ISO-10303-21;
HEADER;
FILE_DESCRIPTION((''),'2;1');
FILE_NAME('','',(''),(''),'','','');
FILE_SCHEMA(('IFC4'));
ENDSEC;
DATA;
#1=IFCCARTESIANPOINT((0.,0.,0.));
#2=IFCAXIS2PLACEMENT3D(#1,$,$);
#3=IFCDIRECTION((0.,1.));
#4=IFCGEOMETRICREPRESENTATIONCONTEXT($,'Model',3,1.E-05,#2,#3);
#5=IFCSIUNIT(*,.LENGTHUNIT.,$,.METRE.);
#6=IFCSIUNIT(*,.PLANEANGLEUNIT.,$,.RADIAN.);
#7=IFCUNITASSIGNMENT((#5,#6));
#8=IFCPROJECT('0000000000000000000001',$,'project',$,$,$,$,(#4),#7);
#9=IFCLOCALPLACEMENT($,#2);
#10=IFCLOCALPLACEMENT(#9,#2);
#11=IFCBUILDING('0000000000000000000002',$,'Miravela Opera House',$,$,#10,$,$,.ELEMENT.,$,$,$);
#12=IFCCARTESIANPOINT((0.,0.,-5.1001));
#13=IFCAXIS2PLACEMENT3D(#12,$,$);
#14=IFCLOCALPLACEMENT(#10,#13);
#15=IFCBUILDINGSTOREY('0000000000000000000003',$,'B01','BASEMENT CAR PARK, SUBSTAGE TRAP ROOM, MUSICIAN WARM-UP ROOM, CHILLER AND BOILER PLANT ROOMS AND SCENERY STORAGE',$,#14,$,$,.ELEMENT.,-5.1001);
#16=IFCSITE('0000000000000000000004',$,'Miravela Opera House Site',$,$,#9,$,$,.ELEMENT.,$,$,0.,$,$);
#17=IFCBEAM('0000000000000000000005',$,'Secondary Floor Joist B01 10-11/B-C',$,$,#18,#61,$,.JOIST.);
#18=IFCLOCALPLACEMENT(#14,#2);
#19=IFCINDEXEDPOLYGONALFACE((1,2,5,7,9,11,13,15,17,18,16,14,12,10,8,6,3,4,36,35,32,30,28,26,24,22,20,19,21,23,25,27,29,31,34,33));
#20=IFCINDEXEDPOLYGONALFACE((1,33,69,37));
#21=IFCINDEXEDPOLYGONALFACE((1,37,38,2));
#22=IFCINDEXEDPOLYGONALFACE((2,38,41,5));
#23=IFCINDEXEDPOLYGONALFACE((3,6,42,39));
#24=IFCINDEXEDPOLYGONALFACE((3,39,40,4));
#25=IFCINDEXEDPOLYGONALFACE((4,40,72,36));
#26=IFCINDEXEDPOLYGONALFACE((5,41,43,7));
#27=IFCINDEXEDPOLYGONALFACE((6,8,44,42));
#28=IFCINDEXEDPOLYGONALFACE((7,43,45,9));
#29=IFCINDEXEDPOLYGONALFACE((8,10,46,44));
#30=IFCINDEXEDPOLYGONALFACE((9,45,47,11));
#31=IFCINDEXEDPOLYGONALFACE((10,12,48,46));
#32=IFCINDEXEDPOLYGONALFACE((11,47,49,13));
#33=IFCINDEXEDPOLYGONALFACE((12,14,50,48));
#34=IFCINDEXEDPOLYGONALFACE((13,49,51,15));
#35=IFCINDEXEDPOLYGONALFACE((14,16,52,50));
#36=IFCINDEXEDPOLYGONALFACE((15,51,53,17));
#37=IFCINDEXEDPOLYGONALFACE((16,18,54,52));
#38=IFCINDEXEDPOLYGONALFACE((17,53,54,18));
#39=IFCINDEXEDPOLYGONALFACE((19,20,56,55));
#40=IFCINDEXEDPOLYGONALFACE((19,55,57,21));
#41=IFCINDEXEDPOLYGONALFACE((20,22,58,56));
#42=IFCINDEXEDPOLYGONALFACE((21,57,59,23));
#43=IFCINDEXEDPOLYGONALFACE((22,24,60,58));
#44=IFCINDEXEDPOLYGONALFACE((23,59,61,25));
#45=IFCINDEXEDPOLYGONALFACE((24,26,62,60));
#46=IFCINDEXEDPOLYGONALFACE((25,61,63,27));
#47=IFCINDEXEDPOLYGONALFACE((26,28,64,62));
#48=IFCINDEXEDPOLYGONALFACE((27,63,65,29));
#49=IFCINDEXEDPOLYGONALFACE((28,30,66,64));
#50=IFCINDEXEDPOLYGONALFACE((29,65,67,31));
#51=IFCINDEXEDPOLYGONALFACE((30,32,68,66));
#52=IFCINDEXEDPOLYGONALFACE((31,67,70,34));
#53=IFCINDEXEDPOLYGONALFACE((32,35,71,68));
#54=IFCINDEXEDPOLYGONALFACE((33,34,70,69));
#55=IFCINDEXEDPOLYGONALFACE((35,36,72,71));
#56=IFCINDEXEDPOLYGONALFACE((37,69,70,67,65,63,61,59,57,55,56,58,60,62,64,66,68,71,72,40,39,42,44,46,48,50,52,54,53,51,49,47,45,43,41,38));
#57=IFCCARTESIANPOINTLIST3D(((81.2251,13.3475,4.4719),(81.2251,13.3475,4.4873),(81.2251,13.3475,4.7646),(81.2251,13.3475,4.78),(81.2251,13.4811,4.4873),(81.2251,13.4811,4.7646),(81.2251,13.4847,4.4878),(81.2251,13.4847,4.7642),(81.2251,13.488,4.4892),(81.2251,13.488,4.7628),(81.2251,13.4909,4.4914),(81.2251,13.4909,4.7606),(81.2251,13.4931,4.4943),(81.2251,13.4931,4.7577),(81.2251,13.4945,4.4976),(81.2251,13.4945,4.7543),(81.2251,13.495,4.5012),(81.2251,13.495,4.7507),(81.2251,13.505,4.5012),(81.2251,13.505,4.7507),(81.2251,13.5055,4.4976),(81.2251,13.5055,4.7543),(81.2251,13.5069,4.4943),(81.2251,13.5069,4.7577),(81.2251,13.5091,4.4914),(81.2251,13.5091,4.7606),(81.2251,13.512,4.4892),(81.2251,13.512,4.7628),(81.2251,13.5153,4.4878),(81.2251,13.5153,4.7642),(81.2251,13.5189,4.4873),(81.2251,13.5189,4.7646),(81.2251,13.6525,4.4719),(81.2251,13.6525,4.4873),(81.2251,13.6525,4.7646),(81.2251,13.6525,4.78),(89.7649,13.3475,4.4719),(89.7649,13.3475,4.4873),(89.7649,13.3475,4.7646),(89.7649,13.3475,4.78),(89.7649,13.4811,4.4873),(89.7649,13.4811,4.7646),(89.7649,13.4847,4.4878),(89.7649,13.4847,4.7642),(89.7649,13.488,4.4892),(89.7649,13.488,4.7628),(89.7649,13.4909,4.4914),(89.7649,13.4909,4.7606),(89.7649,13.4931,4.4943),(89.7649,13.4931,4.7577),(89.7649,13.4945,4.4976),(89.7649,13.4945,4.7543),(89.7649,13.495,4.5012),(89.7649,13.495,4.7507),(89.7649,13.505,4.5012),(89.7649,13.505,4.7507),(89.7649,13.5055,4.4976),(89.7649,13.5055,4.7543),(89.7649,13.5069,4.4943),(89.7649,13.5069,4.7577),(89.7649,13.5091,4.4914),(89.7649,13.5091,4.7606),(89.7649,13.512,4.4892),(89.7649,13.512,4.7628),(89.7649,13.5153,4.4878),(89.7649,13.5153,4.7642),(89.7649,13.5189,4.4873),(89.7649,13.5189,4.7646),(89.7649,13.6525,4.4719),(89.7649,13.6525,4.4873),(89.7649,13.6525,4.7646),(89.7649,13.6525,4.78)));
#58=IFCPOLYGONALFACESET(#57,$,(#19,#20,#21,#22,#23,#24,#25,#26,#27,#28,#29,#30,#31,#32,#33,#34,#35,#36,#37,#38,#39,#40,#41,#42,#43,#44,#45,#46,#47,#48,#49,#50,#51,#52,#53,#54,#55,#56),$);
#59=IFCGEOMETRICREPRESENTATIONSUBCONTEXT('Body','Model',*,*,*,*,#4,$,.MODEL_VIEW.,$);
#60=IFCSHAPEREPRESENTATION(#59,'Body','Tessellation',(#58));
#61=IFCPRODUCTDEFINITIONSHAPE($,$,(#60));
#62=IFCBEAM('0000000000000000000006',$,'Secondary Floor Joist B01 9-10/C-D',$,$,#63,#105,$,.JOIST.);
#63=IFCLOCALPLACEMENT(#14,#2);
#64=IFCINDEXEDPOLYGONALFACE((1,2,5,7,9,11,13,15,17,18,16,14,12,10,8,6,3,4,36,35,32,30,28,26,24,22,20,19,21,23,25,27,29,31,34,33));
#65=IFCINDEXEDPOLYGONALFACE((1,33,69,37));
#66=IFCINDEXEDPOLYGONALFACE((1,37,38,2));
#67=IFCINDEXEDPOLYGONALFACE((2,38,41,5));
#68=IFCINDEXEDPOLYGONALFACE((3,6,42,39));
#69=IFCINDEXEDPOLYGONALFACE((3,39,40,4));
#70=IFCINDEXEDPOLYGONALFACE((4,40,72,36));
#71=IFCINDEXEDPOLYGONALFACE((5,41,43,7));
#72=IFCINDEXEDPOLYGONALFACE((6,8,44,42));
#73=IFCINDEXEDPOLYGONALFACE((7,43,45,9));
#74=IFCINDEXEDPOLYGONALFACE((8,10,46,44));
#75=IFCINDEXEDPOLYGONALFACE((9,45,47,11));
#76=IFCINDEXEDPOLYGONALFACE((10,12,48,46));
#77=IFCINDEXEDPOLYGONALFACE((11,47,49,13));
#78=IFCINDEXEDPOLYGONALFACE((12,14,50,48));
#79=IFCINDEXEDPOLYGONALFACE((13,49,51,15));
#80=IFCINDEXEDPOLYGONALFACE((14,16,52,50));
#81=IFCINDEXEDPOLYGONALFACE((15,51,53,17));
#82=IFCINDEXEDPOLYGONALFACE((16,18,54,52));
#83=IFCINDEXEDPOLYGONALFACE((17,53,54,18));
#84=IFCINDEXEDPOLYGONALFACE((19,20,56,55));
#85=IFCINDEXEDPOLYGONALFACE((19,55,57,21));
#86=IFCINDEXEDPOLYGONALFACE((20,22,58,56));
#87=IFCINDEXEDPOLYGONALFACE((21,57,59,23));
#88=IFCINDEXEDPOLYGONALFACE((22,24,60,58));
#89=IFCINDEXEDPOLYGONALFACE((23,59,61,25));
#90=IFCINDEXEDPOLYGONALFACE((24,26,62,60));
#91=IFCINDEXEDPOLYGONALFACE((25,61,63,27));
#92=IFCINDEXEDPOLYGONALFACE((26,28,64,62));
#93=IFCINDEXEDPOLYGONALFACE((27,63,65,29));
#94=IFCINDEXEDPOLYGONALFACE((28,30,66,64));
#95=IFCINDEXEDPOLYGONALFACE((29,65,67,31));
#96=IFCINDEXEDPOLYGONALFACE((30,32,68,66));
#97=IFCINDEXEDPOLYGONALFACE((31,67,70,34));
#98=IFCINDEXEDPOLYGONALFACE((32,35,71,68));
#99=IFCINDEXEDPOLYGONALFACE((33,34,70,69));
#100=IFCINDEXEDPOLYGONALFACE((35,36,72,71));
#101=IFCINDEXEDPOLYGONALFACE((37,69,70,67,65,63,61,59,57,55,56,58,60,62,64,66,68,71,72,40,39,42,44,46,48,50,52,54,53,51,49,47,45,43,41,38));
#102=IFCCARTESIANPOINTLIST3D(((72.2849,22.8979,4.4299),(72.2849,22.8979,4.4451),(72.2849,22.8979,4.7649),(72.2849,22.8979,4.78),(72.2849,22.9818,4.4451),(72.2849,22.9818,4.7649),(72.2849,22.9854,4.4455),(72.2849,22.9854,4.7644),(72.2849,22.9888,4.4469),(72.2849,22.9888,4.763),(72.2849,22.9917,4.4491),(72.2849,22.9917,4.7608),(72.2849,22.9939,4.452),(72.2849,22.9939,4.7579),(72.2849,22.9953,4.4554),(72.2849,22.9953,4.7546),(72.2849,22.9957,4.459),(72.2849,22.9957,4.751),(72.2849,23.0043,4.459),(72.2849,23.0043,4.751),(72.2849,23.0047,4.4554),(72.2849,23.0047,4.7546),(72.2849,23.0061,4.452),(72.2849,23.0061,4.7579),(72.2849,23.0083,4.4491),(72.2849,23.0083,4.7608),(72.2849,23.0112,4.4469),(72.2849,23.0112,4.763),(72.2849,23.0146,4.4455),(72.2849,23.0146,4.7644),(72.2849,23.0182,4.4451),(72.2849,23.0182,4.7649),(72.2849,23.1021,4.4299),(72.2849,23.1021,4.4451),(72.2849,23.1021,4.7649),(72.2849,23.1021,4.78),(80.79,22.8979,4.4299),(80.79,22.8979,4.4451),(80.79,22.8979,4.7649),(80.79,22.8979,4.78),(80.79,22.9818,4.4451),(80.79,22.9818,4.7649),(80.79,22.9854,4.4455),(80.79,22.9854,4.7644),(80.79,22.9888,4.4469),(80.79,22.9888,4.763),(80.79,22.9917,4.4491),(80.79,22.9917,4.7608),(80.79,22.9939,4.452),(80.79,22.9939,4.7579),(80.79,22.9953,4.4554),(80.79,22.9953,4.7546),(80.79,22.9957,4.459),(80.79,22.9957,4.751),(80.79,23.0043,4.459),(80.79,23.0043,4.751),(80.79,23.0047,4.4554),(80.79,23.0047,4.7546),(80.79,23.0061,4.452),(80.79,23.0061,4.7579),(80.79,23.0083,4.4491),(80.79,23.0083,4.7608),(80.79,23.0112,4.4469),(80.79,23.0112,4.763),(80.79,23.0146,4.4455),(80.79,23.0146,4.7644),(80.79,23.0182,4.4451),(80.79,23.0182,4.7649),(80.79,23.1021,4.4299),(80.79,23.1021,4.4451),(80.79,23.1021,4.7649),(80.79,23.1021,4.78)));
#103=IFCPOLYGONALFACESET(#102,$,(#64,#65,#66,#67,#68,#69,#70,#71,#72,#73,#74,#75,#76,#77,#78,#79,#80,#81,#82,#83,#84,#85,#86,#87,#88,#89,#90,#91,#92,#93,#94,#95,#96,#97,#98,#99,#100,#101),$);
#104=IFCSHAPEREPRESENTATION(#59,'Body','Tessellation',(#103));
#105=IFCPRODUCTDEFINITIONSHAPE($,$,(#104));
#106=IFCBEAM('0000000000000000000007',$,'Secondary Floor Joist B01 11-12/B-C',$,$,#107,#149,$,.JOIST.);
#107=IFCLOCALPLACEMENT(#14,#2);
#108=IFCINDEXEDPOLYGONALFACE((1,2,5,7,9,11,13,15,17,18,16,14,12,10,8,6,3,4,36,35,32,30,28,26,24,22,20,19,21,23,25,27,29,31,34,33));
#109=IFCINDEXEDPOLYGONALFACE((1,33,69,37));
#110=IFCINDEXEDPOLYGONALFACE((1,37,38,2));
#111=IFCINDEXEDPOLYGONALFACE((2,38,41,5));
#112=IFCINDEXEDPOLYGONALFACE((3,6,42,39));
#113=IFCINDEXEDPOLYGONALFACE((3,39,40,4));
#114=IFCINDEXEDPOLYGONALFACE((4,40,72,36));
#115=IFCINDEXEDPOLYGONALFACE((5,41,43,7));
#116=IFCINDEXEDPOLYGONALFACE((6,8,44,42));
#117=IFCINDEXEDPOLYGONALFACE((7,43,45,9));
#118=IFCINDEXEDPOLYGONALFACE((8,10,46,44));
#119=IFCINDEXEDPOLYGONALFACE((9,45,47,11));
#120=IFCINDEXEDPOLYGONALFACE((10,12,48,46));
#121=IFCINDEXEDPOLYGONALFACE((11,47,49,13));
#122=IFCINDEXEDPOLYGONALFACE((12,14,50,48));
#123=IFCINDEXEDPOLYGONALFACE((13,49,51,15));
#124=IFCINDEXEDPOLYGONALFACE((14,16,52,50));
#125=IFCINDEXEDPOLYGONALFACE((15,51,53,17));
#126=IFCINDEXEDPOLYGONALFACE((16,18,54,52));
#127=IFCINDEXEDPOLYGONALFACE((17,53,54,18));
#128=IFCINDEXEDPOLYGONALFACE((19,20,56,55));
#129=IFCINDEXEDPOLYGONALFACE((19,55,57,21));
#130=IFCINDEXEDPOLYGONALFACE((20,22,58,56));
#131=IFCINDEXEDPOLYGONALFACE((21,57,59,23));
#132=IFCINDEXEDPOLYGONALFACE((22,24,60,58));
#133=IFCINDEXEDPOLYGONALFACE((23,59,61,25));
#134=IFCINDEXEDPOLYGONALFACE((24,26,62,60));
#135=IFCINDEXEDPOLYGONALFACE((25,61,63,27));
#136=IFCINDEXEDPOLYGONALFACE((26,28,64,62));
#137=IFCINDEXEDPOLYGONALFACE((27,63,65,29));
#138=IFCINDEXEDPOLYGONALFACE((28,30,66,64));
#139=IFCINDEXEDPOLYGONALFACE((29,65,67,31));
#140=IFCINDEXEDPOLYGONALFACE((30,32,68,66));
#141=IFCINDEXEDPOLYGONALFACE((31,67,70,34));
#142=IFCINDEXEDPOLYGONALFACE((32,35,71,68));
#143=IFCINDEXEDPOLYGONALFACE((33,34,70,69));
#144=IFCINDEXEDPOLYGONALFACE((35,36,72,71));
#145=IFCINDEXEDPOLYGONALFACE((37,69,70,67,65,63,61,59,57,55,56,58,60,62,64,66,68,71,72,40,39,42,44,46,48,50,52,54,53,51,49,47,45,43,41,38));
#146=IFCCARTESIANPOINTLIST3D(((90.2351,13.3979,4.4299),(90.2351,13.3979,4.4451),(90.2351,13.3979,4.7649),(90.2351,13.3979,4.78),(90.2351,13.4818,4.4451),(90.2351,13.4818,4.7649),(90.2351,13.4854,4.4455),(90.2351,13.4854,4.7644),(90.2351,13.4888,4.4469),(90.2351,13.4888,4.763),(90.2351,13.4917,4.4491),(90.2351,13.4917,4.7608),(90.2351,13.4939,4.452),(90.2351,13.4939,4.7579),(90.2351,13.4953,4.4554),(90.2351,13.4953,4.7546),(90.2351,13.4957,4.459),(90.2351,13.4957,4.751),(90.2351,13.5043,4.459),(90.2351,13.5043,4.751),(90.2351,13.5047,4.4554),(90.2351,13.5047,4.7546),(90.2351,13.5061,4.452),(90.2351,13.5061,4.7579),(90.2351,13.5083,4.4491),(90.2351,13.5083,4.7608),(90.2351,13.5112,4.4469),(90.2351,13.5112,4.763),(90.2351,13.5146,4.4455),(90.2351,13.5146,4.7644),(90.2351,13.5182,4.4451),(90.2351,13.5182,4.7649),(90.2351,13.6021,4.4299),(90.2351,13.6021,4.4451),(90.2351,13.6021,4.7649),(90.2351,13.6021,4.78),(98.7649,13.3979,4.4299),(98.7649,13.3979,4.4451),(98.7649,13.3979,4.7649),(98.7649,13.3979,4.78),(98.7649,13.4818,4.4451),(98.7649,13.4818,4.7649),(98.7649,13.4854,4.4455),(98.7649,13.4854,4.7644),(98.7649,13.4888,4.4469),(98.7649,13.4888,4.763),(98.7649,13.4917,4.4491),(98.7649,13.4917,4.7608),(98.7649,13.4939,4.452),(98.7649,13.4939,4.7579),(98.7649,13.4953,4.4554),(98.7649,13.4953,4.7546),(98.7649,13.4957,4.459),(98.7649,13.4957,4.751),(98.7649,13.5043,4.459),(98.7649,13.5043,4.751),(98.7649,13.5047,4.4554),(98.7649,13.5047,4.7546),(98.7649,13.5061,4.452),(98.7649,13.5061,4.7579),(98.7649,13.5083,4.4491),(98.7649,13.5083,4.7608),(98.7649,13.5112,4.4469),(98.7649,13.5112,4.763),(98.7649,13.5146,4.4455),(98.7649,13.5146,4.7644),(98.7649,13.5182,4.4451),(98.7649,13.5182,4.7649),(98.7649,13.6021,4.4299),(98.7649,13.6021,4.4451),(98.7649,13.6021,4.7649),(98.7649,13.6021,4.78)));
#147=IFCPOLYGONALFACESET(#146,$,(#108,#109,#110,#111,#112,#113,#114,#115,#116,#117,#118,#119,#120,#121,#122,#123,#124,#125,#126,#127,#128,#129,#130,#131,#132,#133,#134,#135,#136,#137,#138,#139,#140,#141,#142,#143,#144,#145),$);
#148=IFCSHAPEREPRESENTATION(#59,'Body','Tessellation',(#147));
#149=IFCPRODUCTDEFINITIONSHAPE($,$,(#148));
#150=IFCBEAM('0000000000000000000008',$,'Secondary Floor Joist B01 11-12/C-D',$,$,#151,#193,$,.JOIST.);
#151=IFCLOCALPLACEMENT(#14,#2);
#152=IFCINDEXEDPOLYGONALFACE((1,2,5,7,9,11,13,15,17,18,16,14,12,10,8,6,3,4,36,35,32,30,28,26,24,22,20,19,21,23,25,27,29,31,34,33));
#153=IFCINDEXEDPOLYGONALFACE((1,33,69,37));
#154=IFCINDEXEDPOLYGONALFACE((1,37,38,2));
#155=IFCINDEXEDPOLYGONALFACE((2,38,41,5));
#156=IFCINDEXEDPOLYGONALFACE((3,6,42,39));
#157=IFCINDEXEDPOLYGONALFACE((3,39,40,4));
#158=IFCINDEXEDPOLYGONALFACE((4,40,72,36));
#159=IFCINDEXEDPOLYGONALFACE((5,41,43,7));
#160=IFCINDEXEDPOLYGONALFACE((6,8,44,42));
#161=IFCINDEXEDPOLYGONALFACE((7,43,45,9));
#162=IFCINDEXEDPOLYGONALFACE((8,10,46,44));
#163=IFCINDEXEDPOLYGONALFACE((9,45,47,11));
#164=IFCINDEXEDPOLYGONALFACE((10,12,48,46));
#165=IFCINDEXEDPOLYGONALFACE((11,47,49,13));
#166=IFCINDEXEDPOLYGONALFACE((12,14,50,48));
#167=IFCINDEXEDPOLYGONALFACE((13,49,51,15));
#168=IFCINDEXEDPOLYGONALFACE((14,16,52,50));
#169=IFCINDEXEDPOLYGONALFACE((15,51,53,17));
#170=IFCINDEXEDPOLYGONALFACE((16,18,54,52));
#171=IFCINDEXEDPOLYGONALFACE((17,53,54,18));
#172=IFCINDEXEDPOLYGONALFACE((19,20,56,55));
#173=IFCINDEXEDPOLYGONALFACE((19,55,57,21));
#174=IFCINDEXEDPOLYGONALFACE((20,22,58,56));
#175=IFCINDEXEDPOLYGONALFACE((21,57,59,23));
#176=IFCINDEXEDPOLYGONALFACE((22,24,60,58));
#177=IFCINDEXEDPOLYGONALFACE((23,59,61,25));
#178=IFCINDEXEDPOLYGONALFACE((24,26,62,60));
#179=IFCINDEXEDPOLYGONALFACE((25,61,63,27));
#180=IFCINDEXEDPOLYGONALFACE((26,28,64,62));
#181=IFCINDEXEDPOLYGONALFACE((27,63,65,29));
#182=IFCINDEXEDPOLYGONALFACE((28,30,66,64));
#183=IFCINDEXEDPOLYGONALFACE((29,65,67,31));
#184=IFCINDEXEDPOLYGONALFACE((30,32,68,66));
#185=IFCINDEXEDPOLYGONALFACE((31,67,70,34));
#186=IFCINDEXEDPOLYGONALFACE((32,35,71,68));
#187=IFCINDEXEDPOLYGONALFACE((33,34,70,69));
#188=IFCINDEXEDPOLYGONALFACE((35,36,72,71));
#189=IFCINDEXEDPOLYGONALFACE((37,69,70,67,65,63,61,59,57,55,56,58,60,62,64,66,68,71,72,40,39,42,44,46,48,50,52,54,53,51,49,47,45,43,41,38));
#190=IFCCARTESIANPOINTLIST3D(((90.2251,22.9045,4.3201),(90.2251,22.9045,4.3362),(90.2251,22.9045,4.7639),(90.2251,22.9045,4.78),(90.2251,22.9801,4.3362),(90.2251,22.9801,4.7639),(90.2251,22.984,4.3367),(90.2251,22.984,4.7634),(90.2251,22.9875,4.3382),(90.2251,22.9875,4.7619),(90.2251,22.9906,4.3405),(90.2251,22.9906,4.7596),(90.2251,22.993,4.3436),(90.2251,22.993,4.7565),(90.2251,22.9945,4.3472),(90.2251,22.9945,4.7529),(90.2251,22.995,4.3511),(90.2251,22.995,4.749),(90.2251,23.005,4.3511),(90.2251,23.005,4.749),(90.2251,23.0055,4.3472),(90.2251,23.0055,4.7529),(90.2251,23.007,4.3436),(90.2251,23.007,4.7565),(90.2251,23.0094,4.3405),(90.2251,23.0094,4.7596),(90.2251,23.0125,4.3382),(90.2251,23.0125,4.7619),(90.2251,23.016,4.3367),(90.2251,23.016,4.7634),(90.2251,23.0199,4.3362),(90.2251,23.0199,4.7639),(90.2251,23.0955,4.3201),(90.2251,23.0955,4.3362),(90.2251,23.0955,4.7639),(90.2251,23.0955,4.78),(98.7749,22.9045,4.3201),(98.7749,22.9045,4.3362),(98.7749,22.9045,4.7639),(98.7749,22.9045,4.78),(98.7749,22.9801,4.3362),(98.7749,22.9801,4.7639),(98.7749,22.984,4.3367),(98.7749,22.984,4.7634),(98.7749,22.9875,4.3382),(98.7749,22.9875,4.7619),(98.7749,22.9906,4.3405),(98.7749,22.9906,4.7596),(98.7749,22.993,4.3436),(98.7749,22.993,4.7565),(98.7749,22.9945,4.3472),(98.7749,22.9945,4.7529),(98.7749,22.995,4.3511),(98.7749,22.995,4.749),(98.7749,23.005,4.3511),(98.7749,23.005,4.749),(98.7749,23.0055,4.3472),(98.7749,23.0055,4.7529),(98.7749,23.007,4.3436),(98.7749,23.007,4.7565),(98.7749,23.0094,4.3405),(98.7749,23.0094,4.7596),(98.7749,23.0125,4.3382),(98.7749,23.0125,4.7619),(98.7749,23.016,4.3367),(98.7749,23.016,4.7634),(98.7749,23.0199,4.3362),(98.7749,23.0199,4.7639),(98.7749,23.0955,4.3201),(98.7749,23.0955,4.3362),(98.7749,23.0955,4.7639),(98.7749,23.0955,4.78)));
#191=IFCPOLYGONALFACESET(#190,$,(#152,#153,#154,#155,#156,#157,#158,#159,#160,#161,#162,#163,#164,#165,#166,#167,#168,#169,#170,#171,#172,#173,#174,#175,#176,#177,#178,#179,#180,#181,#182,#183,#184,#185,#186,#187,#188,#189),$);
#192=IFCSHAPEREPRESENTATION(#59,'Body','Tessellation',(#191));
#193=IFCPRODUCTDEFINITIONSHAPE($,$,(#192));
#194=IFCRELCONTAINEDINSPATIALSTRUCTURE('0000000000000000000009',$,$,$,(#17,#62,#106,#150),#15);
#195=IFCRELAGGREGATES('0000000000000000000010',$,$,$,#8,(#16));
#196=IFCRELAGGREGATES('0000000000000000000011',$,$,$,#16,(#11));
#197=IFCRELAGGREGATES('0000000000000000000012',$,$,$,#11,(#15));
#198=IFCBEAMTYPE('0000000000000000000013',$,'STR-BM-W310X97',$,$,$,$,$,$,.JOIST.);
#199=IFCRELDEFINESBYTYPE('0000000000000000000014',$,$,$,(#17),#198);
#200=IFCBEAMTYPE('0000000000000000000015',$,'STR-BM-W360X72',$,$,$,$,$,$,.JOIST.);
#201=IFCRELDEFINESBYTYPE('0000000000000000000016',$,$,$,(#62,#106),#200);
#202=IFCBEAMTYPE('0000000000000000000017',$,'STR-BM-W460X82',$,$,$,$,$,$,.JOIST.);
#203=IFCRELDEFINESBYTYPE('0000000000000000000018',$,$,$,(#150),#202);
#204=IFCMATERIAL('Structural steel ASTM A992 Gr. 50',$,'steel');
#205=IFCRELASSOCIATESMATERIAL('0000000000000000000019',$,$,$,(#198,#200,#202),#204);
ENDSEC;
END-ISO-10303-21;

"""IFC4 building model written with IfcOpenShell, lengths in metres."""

from ifc_helpers import new_model, si_unit, direction, frame, origin, origin_2d, place, context, subcontext, project, spatial, i_section, extrude, material, material_profile, profile_set, type_object, element, save


model = new_model("IFC4")

# Units and contexts
model_context = context("Model", 3, precision=1e-05, world=origin(), true_north=direction((0.0, 1.0)))
body_context = subcontext(model_context, "Body", "Model", "MODEL_VIEW")
ifc_project = project(units=[si_unit("LENGTHUNIT", "METRE"), si_unit("PLANEANGLEUNIT", "RADIAN")], contexts=[model_context])

# Site, building, storey
site_placement = place(None, origin())
site = spatial("IfcSite", under=ifc_project, at=site_placement, Name="Miravela Opera House Site", CompositionType="ELEMENT", RefElevation=0.0)
building_placement = place(site_placement, origin())
building = spatial("IfcBuilding", under=site, at=building_placement, Name="Miravela Opera House", CompositionType="ELEMENT")
storey_placement = place(building_placement, frame((0.0, 0.0, -5.1001)))
storey = spatial("IfcBuildingStorey", under=building, at=storey_placement, Name="B01", Description="BASEMENT CAR PARK, SUBSTAGE TRAP ROOM, MUSICIAN WARM-UP ROOM, CHILLER AND BOILER PLANT ROOMS AND SCENERY STORAGE", CompositionType="ELEMENT", Elevation=-5.1001)

# Beams
ifc_material_1 = material(Name="Structural steel ASTM A992 Gr. 50", Category="steel")
ifc_material_profile_1 = material_profile(ifc_material_1, i_section(OverallWidth=0.3049, OverallDepth=0.3081, WebThickness=0.01, FlangeThickness=0.0154, FilletRadius=0.0139, at=origin_2d()), Name="W310X97")
ifc_profile_set_1 = profile_set([ifc_material_profile_1])
beam_type_1 = type_object("IfcBeamType", Name="STR-BM-W310X97", PredefinedType="JOIST", material=ifc_profile_set_1)
beam_1_placement = place(storey_placement, frame((81.2251, 13.5, 4.626), z_axis=(1.0, 0.0, 0.0), x_axis=(0.0, 1.0, 0.0)))
element("IfcBeam", 1, at=beam_1_placement, inside=storey, type_object=beam_type_1, Name="Secondary Floor Joist B01 10-11/B-C", PredefinedType="JOIST", context=body_context, shape_type="SweptSolid", body=[
    extrude(i_section(OverallWidth=0.3049, OverallDepth=0.3081, WebThickness=0.01, FlangeThickness=0.0154, FilletRadius=0.0139, at=origin_2d()), origin(), (0.0, 0.0, 1.0), 8.5398),
])
ifc_material_profile_2 = material_profile(ifc_material_1, i_section(OverallWidth=0.2041, OverallDepth=0.3501, WebThickness=0.0085, FlangeThickness=0.0151, FilletRadius=0.0139, at=origin_2d()), Name="W360X72")
ifc_profile_set_2 = profile_set([ifc_material_profile_2])
beam_type_2 = type_object("IfcBeamType", Name="STR-BM-W360X72", PredefinedType="JOIST", material=ifc_profile_set_2)
beam_2_placement = place(storey_placement, frame((72.2849, 23.0, 4.605), z_axis=(1.0, 0.0, 0.0), x_axis=(0.0, 1.0, 0.0)))
element("IfcBeam", 2, at=beam_2_placement, inside=storey, type_object=beam_type_2, Name="Secondary Floor Joist B01 9-10/C-D", PredefinedType="JOIST", context=body_context, shape_type="SweptSolid", body=[
    extrude(i_section(OverallWidth=0.2041, OverallDepth=0.3501, WebThickness=0.0085, FlangeThickness=0.0151, FilletRadius=0.0139, at=origin_2d()), origin(), (0.0, 0.0, 1.0), 8.5051),
])
beam_3_placement = place(storey_placement, frame((90.2351, 13.5, 4.605), z_axis=(1.0, 0.0, 0.0), x_axis=(0.0, 1.0, 0.0)))
element("IfcBeam", 3, at=beam_3_placement, inside=storey, type_object=beam_type_2, Name="Secondary Floor Joist B01 11-12/B-C", PredefinedType="JOIST", context=body_context, shape_type="SweptSolid", body=[
    extrude(i_section(OverallWidth=0.2041, OverallDepth=0.3501, WebThickness=0.0085, FlangeThickness=0.0151, FilletRadius=0.0139, at=origin_2d()), origin(), (0.0, 0.0, 1.0), 8.5298),
])
ifc_material_profile_3 = material_profile(ifc_material_1, i_section(OverallWidth=0.1909, OverallDepth=0.46, WebThickness=0.01, FlangeThickness=0.0161, FilletRadius=0.0149, at=origin_2d()), Name="W460X82")
ifc_profile_set_3 = profile_set([ifc_material_profile_3])
beam_type_3 = type_object("IfcBeamType", Name="STR-BM-W460X82", PredefinedType="JOIST", material=ifc_profile_set_3)
beam_4_placement = place(storey_placement, frame((90.2251, 23.0, 4.55), z_axis=(1.0, 0.0, 0.0), x_axis=(0.0, 1.0, 0.0)))
element("IfcBeam", 4, at=beam_4_placement, inside=storey, type_object=beam_type_3, Name="Secondary Floor Joist B01 11-12/C-D", PredefinedType="JOIST", context=body_context, shape_type="SweptSolid", body=[
    extrude(i_section(OverallWidth=0.1909, OverallDepth=0.46, WebThickness=0.01, FlangeThickness=0.0161, FilletRadius=0.0149, at=origin_2d()), origin(), (0.0, 0.0, 1.0), 8.5498),
])

save(model, "model.ifc")
